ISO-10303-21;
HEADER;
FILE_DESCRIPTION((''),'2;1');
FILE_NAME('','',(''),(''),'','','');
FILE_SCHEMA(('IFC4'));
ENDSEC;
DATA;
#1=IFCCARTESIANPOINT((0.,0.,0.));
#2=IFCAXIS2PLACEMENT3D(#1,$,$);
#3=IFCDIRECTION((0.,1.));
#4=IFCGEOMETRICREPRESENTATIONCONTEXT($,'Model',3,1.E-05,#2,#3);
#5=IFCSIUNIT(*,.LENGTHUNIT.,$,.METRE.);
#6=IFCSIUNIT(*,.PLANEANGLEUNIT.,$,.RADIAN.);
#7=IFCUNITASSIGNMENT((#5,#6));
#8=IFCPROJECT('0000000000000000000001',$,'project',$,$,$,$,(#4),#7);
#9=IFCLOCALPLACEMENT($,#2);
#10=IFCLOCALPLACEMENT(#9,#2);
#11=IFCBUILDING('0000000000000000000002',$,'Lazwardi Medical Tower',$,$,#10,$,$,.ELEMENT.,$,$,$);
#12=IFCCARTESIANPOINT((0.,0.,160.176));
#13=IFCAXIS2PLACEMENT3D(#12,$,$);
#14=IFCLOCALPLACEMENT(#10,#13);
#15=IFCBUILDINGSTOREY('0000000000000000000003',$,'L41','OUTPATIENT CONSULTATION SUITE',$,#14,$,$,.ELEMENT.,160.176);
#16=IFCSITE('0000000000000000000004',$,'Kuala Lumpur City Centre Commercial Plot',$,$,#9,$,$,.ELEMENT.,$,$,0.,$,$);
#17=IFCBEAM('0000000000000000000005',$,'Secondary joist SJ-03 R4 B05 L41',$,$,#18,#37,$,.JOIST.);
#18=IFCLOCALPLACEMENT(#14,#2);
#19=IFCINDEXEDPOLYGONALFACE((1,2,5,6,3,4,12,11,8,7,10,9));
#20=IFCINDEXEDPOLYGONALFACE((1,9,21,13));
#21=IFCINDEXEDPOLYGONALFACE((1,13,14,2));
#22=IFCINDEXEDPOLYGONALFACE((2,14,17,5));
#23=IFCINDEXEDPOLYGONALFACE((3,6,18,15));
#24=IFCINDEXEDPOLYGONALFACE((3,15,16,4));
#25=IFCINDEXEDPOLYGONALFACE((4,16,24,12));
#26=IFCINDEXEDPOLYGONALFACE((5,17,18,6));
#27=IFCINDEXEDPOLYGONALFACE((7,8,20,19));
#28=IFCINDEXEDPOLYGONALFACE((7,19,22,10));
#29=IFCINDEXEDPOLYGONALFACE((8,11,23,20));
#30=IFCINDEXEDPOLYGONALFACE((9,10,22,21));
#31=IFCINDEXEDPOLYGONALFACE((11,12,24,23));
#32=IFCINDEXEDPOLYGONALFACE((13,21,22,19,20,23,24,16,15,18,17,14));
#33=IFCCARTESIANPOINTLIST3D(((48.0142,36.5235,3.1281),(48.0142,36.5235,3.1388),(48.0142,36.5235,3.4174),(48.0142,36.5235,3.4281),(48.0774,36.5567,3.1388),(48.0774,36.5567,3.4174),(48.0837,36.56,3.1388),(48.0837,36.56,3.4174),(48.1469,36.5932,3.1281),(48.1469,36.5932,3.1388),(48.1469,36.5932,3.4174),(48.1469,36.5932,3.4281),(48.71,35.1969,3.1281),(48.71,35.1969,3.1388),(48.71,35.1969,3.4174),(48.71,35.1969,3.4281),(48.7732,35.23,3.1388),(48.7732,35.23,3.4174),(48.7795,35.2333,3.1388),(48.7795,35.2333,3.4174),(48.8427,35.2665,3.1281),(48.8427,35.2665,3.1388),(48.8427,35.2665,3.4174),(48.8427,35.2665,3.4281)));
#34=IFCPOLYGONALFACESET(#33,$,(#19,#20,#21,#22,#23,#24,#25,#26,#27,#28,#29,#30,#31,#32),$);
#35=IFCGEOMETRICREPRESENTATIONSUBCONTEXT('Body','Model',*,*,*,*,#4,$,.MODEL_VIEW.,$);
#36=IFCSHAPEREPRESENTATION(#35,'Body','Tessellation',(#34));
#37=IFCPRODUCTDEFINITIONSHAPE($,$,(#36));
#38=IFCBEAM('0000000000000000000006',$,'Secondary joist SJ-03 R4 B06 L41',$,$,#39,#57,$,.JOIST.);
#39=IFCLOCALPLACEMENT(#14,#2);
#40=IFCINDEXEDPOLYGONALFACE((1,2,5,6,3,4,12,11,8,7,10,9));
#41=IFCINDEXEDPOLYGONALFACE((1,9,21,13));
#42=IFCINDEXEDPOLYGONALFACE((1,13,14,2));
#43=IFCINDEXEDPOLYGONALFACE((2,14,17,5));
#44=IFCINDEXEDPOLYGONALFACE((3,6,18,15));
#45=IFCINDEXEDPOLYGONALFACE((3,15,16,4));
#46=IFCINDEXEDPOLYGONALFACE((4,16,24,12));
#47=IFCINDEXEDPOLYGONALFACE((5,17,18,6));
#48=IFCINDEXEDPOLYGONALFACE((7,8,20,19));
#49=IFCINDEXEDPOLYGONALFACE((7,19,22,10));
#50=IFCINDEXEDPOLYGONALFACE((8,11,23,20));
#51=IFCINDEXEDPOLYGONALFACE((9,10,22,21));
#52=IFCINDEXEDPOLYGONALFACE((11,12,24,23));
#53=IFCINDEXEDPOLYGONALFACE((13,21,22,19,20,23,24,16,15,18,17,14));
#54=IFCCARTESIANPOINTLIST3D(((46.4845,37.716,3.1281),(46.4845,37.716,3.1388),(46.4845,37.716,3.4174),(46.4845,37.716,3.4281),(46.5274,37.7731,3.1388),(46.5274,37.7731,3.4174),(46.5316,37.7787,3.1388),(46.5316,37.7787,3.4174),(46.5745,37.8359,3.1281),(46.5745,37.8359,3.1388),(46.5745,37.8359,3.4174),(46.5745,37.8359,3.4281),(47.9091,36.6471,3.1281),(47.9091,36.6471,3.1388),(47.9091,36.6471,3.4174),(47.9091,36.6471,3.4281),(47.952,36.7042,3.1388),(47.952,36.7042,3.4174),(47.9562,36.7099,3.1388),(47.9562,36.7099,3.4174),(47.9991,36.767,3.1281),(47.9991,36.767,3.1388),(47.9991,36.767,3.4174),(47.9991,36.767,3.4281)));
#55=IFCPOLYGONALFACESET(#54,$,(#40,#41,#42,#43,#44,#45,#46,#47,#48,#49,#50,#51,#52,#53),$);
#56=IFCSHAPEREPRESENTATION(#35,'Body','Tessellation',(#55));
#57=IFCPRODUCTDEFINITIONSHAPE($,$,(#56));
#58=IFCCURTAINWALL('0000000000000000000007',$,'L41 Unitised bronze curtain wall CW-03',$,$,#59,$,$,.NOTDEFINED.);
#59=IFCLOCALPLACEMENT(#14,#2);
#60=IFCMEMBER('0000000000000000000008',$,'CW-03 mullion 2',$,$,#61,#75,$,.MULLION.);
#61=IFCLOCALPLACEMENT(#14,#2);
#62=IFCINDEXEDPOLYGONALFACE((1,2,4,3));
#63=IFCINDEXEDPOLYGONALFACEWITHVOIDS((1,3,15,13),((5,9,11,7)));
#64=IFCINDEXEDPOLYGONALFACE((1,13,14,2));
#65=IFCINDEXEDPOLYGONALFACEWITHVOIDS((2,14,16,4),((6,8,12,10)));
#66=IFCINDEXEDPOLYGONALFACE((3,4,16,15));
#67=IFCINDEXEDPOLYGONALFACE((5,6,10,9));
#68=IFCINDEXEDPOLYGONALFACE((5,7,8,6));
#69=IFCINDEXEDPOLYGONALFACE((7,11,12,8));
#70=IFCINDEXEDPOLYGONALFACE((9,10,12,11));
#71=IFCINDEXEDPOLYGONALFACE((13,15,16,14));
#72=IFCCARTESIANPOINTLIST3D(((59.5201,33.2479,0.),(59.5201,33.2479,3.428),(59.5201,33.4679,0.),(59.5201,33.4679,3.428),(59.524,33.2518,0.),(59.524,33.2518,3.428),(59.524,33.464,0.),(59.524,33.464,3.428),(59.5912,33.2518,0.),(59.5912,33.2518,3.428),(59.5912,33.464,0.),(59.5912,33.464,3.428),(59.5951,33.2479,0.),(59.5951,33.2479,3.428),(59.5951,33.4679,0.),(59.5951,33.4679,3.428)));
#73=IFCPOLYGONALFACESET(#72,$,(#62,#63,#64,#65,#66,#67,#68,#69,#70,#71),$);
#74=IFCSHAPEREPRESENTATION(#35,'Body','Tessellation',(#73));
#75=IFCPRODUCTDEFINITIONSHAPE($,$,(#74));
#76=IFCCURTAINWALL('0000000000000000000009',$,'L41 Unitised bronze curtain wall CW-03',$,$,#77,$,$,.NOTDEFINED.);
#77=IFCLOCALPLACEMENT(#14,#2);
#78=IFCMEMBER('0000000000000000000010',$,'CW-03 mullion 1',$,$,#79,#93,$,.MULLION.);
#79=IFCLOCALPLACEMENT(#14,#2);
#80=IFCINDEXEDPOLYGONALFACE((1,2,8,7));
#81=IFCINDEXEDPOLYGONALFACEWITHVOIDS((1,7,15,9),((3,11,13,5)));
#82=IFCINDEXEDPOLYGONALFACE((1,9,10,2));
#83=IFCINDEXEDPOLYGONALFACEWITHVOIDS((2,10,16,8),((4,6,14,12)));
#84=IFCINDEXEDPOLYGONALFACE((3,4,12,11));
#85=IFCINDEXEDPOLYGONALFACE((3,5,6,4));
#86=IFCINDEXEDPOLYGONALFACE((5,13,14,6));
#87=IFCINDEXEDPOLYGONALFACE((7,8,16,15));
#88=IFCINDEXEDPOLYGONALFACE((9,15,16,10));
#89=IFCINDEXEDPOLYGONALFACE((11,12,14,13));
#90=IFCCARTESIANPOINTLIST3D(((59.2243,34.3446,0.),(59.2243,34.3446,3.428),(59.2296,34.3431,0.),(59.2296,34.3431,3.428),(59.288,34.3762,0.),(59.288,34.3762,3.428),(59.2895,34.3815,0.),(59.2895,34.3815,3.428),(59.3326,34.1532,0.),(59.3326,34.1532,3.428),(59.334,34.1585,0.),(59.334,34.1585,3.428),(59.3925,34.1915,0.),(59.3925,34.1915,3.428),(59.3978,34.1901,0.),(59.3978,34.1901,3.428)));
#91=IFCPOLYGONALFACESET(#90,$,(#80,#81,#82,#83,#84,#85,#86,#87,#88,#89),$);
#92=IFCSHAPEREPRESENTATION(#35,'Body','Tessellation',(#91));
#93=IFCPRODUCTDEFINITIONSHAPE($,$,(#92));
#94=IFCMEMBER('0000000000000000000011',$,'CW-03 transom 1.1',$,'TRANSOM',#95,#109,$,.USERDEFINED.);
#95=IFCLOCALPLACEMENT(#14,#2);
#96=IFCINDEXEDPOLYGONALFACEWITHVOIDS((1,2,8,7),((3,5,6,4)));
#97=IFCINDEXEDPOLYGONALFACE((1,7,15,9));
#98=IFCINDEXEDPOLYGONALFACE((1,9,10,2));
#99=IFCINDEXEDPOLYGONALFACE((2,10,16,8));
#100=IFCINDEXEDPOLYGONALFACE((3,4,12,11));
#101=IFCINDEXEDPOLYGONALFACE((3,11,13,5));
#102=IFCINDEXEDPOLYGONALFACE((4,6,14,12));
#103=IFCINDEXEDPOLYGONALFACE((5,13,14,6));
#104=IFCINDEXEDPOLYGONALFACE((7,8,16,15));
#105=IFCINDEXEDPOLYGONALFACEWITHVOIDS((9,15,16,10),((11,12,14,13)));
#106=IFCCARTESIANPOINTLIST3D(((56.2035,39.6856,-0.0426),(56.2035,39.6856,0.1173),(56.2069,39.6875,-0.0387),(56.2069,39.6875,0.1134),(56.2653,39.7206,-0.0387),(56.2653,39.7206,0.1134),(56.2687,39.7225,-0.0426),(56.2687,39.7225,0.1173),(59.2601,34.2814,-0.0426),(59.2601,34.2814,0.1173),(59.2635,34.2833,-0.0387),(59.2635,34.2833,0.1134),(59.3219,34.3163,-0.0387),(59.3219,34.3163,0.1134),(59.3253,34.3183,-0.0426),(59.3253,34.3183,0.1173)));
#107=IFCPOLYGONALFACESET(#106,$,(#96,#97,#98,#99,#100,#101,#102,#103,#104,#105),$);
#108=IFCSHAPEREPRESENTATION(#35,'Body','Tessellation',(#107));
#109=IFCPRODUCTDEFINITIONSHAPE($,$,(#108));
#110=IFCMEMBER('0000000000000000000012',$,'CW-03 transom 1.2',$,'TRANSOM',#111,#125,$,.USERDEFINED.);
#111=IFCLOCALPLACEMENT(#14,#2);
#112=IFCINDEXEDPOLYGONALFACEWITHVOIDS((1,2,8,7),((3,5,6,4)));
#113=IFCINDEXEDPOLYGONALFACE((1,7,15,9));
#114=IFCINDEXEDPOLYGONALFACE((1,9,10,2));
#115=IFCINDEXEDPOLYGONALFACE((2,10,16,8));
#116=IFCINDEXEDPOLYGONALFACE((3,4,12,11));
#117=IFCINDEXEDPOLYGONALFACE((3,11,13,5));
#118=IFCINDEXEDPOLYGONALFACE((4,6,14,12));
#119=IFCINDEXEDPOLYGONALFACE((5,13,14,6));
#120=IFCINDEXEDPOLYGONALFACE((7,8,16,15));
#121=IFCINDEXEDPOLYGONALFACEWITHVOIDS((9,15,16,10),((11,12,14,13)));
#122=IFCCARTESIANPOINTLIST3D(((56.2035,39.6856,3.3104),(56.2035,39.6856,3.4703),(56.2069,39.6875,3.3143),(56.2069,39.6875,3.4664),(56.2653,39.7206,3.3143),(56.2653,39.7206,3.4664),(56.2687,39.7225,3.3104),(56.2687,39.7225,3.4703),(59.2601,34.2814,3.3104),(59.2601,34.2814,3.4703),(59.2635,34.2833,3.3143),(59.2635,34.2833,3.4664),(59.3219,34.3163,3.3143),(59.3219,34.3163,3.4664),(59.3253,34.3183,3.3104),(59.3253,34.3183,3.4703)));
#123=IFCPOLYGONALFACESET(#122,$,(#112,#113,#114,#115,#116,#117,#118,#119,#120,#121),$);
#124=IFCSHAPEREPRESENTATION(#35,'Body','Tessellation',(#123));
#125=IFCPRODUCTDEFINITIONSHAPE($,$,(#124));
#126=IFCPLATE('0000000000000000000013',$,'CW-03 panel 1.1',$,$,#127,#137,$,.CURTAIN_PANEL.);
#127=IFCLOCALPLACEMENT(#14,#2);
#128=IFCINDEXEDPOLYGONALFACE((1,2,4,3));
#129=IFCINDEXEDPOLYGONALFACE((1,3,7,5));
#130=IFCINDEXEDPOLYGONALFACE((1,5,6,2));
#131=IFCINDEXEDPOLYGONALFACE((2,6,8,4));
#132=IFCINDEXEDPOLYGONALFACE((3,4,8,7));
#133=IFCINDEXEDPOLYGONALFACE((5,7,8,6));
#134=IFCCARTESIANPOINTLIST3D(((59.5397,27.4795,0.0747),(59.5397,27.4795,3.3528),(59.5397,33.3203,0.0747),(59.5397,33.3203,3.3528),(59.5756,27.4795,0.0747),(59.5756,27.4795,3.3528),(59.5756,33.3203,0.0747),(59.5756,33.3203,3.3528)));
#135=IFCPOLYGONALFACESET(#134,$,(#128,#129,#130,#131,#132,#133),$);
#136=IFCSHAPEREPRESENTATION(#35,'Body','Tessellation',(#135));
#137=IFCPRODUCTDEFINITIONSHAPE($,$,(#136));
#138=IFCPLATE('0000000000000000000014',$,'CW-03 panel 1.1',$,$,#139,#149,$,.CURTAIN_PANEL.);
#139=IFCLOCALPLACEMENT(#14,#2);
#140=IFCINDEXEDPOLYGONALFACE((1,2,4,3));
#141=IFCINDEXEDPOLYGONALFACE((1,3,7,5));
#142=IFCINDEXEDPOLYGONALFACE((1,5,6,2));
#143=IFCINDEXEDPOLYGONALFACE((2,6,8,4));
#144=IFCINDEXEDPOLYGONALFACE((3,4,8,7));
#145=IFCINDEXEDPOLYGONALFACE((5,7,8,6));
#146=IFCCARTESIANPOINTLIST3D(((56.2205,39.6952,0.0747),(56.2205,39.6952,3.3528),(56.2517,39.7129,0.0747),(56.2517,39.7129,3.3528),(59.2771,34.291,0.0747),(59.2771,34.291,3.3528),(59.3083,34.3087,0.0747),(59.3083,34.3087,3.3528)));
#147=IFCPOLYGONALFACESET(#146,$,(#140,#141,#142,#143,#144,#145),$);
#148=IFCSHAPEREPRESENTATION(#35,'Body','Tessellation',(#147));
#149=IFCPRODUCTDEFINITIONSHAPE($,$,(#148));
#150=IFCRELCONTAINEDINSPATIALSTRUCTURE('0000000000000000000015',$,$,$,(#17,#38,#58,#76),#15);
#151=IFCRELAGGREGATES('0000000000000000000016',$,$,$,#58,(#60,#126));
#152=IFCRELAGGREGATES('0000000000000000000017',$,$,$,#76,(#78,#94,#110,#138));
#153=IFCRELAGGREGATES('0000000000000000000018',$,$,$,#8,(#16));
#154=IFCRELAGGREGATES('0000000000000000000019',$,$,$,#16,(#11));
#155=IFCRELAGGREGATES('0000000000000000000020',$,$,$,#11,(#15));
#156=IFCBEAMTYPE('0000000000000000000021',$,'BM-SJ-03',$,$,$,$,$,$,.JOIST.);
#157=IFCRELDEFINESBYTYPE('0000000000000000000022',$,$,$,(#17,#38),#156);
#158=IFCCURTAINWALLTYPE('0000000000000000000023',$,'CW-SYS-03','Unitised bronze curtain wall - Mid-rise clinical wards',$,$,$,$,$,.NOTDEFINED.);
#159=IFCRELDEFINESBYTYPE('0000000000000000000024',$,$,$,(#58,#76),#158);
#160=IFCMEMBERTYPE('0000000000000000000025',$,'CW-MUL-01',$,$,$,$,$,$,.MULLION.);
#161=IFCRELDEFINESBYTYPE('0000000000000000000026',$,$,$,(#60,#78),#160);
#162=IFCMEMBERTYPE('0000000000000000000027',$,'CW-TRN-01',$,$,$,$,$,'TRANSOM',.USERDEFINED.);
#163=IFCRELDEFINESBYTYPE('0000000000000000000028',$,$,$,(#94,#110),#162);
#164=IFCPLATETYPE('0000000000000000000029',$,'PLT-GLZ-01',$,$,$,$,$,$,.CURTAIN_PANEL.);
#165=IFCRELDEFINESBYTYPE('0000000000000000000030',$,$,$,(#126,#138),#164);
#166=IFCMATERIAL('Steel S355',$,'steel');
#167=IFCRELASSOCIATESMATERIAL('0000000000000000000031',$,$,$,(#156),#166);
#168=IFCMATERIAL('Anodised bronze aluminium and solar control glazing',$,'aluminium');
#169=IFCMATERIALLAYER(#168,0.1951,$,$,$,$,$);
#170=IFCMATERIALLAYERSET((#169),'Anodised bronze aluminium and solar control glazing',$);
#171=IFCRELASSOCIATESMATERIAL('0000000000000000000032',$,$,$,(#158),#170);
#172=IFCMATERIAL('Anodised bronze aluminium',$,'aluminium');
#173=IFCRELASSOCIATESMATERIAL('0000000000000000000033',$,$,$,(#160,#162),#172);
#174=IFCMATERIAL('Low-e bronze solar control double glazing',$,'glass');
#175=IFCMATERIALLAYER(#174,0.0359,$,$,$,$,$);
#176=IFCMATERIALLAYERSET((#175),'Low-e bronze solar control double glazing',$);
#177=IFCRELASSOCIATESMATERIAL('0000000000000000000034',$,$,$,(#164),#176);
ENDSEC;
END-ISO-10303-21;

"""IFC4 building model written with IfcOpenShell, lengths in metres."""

from ifc_helpers import new_model, si_unit, direction, frame, origin, origin_2d, place, context, subcontext, project, spatial, rectangle, hollow_rectangle, i_section, extrude, material, layer, layer_set, material_profile, profile_set, type_object, element, aggregate, save


model = new_model("IFC4")

# Units and contexts
model_context = context("Model", 3, precision=1e-05, world=origin(), true_north=direction((0.0, 1.0)))
body_context = subcontext(model_context, "Body", "Model", "MODEL_VIEW")
ifc_project = project(units=[si_unit("LENGTHUNIT", "METRE"), si_unit("PLANEANGLEUNIT", "RADIAN")], contexts=[model_context])

# Site, building, storey
site_placement = place(None, origin())
site = spatial("IfcSite", under=ifc_project, at=site_placement, Name="Kuala Lumpur City Centre Commercial Plot", CompositionType="ELEMENT", RefElevation=0.0)
building_placement = place(site_placement, origin())
building = spatial("IfcBuilding", under=site, at=building_placement, Name="Lazwardi Medical Tower", CompositionType="ELEMENT")
storey_placement = place(building_placement, frame((0.0, 0.0, 160.176)))
storey = spatial("IfcBuildingStorey", under=building, at=storey_placement, Name="L41", Description="OUTPATIENT CONSULTATION SUITE", CompositionType="ELEMENT", Elevation=160.176)

# Beams
ifc_material_1 = material(Name="Steel S355", Category="steel")
ifc_material_profile_1 = material_profile(ifc_material_1, i_section(OverallWidth=0.1499, OverallDepth=0.3, WebThickness=0.0071, FlangeThickness=0.0107, at=origin_2d()), Name="IPE 300")
ifc_profile_set_1 = profile_set([ifc_material_profile_1], Name="Steel S355")
beam_type_1 = type_object("IfcBeamType", Name="BM-SJ-03", PredefinedType="JOIST", material=ifc_profile_set_1)
beam_1_placement = place(storey_placement, frame((48.7764, 35.2317, 3.2781), z_axis=(-0.46447, 0.885589, 0.0), x_axis=(-0.885589, -0.46447, 0.0)))
element("IfcBeam", 1, at=beam_1_placement, inside=storey, type_object=beam_type_1, Name="Secondary joist SJ-03 R4 B05 L41", PredefinedType="JOIST", context=body_context, shape_type="SweptSolid", body=[
    extrude(i_section(OverallWidth=0.1499, OverallDepth=0.3, WebThickness=0.0071, FlangeThickness=0.0107, at=origin_2d()), origin(), (0.0, 0.0, 1.0), 1.498),
])
beam_2_placement = place(storey_placement, frame((47.9541, 36.707, 3.2781), z_axis=(-0.799885, 0.600154, 0.0), x_axis=(-0.600154, -0.799885, 0.0)))
element("IfcBeam", 2, at=beam_2_placement, inside=storey, type_object=beam_type_1, Name="Secondary joist SJ-03 R4 B06 L41", PredefinedType="JOIST", context=body_context, shape_type="SweptSolid", body=[
    extrude(i_section(OverallWidth=0.1499, OverallDepth=0.3, WebThickness=0.0071, FlangeThickness=0.0107, at=origin_2d()), origin(), (0.0, 0.0, 1.0), 1.781),
])

# Curtain wall, member
ifc_material_2 = material(Name="Anodised bronze aluminium and solar control glazing", Category="aluminium")
ifc_layer_1 = layer(ifc_material_2, 0.1951)
ifc_layer_set_1 = layer_set([ifc_layer_1], Name="Anodised bronze aluminium and solar control glazing")
curtain_wall_type = type_object("IfcCurtainWallType", Name="CW-SYS-03", Description="Unitised bronze curtain wall - Mid-rise clinical wards", PredefinedType="NOTDEFINED", material=ifc_layer_set_1)
curtain_wall_1_placement = place(storey_placement, origin())
curtain_wall_1 = element("IfcCurtainWall", 3, at=curtain_wall_1_placement, inside=storey, type_object=curtain_wall_type, Name="L41 Unitised bronze curtain wall CW-03", PredefinedType="NOTDEFINED")
ifc_material_3 = material(Name="Anodised bronze aluminium", Category="aluminium")
ifc_material_profile_2 = material_profile(ifc_material_3, hollow_rectangle(XDim=0.075, YDim=0.22, WallThickness=0.0039, at=origin_2d()), Name="ALU-MULLION 220x75x4")
ifc_profile_set_2 = profile_set([ifc_material_profile_2], Name="Anodised bronze aluminium")
member_type_1 = type_object("IfcMemberType", Name="CW-MUL-01", PredefinedType="MULLION", material=ifc_profile_set_2)
member_1_placement = place(storey_placement, frame((59.5576, 33.3579, 0.0), z_axis=(0.0, 0.0, 1.0), x_axis=(-1.0, 0.0, 0.0)))
member_1 = element("IfcMember", 4, at=member_1_placement, type_object=member_type_1, Name="CW-03 mullion 2", PredefinedType="MULLION", context=body_context, shape_type="SweptSolid", body=[
    extrude(hollow_rectangle(XDim=0.075, YDim=0.22, WallThickness=0.0039, at=origin_2d()), origin(), (0.0, 0.0, 1.0), 3.428),
])

# Curtain wall, members
curtain_wall_2_placement = place(storey_placement, origin())
curtain_wall_2 = element("IfcCurtainWall", 5, at=curtain_wall_2_placement, inside=storey, type_object=curtain_wall_type, Name="L41 Unitised bronze curtain wall CW-03", PredefinedType="NOTDEFINED")
member_2_placement = place(storey_placement, frame((59.311, 34.2673, 0.0), z_axis=(0.0, 0.0, 1.0), x_axis=(-0.870419, -0.492312, 0.0)))
member_2 = element("IfcMember", 6, at=member_2_placement, type_object=member_type_1, Name="CW-03 mullion 1", PredefinedType="MULLION", context=body_context, shape_type="SweptSolid", body=[
    extrude(hollow_rectangle(XDim=0.075, YDim=0.22, WallThickness=0.0039, at=origin_2d()), origin(), (0.0, 0.0, 1.0), 3.428),
])
ifc_material_profile_3 = material_profile(ifc_material_3, hollow_rectangle(XDim=0.075, YDim=0.1599, WallThickness=0.0039, at=origin_2d()), Name="ALU-TRANSOM 160x75x4")
ifc_profile_set_3 = profile_set([ifc_material_profile_3], Name="Anodised bronze aluminium")
member_type_2 = type_object("IfcMemberType", Name="CW-TRN-01", ElementType="TRANSOM", PredefinedType="USERDEFINED", material=ifc_profile_set_3)
member_3_placement = place(storey_placement, frame((59.2927, 34.2998, 0.0374), z_axis=(-0.492306, 0.870422, 0.0), x_axis=(-0.870422, -0.492306, 0.0)))
member_3 = element("IfcMember", 7, at=member_3_placement, type_object=member_type_2, Name="CW-03 transom 1.1", ObjectType="TRANSOM", PredefinedType="USERDEFINED", context=body_context, shape_type="SweptSolid", body=[
    extrude(hollow_rectangle(XDim=0.075, YDim=0.1599, WallThickness=0.0039, at=origin_2d()), origin(), (0.0, 0.0, 1.0), 6.2087),
])
member_4_placement = place(storey_placement, frame((59.2927, 34.2998, 3.3904), z_axis=(-0.492306, 0.870422, 0.0), x_axis=(-0.870422, -0.492306, 0.0)))
member_4 = element("IfcMember", 8, at=member_4_placement, type_object=member_type_2, Name="CW-03 transom 1.2", ObjectType="TRANSOM", PredefinedType="USERDEFINED", context=body_context, shape_type="SweptSolid", body=[
    extrude(hollow_rectangle(XDim=0.075, YDim=0.1599, WallThickness=0.0039, at=origin_2d()), origin(), (0.0, 0.0, 1.0), 6.2087),
])

# Plates
ifc_material_4 = material(Name="Low-e bronze solar control double glazing", Category="glass")
ifc_layer_2 = layer(ifc_material_4, 0.0359)
ifc_layer_set_2 = layer_set([ifc_layer_2], Name="Low-e bronze solar control double glazing")
plate_type = type_object("IfcPlateType", Name="PLT-GLZ-01", PredefinedType="CURTAIN_PANEL", material=ifc_layer_set_2)
plate_1_placement = place(storey_placement, frame((59.5576, 30.3999, 0.0747), z_axis=(0.0, 0.0, 1.0), x_axis=(0.0, 1.0, 0.0)))
plate_1 = element("IfcPlate", 9, at=plate_1_placement, type_object=plate_type, Name="CW-03 panel 1.1", PredefinedType="CURTAIN_PANEL", context=body_context, shape_type="SweptSolid", body=[
    extrude(rectangle(XDim=5.8408, YDim=0.0359, at=origin_2d()), origin(), (0.0, 0.0, 1.0), 3.2781),
])
aggregate(curtain_wall_1, [member_1, plate_1])
plate_2_placement = place(storey_placement, frame((57.7644, 37.002, 0.0747), z_axis=(0.0, 0.0, 1.0), x_axis=(-0.492312, 0.870419, 0.0)))
plate_2 = element("IfcPlate", 10, at=plate_2_placement, type_object=plate_type, Name="CW-03 panel 1.1", PredefinedType="CURTAIN_PANEL", context=body_context, shape_type="SweptSolid", body=[
    extrude(rectangle(XDim=6.2087, YDim=0.0359, at=origin_2d()), origin(), (0.0, 0.0, 1.0), 3.2781),
])
aggregate(curtain_wall_2, [member_2, member_3, member_4, plate_2])

save(model, "model.ifc")
